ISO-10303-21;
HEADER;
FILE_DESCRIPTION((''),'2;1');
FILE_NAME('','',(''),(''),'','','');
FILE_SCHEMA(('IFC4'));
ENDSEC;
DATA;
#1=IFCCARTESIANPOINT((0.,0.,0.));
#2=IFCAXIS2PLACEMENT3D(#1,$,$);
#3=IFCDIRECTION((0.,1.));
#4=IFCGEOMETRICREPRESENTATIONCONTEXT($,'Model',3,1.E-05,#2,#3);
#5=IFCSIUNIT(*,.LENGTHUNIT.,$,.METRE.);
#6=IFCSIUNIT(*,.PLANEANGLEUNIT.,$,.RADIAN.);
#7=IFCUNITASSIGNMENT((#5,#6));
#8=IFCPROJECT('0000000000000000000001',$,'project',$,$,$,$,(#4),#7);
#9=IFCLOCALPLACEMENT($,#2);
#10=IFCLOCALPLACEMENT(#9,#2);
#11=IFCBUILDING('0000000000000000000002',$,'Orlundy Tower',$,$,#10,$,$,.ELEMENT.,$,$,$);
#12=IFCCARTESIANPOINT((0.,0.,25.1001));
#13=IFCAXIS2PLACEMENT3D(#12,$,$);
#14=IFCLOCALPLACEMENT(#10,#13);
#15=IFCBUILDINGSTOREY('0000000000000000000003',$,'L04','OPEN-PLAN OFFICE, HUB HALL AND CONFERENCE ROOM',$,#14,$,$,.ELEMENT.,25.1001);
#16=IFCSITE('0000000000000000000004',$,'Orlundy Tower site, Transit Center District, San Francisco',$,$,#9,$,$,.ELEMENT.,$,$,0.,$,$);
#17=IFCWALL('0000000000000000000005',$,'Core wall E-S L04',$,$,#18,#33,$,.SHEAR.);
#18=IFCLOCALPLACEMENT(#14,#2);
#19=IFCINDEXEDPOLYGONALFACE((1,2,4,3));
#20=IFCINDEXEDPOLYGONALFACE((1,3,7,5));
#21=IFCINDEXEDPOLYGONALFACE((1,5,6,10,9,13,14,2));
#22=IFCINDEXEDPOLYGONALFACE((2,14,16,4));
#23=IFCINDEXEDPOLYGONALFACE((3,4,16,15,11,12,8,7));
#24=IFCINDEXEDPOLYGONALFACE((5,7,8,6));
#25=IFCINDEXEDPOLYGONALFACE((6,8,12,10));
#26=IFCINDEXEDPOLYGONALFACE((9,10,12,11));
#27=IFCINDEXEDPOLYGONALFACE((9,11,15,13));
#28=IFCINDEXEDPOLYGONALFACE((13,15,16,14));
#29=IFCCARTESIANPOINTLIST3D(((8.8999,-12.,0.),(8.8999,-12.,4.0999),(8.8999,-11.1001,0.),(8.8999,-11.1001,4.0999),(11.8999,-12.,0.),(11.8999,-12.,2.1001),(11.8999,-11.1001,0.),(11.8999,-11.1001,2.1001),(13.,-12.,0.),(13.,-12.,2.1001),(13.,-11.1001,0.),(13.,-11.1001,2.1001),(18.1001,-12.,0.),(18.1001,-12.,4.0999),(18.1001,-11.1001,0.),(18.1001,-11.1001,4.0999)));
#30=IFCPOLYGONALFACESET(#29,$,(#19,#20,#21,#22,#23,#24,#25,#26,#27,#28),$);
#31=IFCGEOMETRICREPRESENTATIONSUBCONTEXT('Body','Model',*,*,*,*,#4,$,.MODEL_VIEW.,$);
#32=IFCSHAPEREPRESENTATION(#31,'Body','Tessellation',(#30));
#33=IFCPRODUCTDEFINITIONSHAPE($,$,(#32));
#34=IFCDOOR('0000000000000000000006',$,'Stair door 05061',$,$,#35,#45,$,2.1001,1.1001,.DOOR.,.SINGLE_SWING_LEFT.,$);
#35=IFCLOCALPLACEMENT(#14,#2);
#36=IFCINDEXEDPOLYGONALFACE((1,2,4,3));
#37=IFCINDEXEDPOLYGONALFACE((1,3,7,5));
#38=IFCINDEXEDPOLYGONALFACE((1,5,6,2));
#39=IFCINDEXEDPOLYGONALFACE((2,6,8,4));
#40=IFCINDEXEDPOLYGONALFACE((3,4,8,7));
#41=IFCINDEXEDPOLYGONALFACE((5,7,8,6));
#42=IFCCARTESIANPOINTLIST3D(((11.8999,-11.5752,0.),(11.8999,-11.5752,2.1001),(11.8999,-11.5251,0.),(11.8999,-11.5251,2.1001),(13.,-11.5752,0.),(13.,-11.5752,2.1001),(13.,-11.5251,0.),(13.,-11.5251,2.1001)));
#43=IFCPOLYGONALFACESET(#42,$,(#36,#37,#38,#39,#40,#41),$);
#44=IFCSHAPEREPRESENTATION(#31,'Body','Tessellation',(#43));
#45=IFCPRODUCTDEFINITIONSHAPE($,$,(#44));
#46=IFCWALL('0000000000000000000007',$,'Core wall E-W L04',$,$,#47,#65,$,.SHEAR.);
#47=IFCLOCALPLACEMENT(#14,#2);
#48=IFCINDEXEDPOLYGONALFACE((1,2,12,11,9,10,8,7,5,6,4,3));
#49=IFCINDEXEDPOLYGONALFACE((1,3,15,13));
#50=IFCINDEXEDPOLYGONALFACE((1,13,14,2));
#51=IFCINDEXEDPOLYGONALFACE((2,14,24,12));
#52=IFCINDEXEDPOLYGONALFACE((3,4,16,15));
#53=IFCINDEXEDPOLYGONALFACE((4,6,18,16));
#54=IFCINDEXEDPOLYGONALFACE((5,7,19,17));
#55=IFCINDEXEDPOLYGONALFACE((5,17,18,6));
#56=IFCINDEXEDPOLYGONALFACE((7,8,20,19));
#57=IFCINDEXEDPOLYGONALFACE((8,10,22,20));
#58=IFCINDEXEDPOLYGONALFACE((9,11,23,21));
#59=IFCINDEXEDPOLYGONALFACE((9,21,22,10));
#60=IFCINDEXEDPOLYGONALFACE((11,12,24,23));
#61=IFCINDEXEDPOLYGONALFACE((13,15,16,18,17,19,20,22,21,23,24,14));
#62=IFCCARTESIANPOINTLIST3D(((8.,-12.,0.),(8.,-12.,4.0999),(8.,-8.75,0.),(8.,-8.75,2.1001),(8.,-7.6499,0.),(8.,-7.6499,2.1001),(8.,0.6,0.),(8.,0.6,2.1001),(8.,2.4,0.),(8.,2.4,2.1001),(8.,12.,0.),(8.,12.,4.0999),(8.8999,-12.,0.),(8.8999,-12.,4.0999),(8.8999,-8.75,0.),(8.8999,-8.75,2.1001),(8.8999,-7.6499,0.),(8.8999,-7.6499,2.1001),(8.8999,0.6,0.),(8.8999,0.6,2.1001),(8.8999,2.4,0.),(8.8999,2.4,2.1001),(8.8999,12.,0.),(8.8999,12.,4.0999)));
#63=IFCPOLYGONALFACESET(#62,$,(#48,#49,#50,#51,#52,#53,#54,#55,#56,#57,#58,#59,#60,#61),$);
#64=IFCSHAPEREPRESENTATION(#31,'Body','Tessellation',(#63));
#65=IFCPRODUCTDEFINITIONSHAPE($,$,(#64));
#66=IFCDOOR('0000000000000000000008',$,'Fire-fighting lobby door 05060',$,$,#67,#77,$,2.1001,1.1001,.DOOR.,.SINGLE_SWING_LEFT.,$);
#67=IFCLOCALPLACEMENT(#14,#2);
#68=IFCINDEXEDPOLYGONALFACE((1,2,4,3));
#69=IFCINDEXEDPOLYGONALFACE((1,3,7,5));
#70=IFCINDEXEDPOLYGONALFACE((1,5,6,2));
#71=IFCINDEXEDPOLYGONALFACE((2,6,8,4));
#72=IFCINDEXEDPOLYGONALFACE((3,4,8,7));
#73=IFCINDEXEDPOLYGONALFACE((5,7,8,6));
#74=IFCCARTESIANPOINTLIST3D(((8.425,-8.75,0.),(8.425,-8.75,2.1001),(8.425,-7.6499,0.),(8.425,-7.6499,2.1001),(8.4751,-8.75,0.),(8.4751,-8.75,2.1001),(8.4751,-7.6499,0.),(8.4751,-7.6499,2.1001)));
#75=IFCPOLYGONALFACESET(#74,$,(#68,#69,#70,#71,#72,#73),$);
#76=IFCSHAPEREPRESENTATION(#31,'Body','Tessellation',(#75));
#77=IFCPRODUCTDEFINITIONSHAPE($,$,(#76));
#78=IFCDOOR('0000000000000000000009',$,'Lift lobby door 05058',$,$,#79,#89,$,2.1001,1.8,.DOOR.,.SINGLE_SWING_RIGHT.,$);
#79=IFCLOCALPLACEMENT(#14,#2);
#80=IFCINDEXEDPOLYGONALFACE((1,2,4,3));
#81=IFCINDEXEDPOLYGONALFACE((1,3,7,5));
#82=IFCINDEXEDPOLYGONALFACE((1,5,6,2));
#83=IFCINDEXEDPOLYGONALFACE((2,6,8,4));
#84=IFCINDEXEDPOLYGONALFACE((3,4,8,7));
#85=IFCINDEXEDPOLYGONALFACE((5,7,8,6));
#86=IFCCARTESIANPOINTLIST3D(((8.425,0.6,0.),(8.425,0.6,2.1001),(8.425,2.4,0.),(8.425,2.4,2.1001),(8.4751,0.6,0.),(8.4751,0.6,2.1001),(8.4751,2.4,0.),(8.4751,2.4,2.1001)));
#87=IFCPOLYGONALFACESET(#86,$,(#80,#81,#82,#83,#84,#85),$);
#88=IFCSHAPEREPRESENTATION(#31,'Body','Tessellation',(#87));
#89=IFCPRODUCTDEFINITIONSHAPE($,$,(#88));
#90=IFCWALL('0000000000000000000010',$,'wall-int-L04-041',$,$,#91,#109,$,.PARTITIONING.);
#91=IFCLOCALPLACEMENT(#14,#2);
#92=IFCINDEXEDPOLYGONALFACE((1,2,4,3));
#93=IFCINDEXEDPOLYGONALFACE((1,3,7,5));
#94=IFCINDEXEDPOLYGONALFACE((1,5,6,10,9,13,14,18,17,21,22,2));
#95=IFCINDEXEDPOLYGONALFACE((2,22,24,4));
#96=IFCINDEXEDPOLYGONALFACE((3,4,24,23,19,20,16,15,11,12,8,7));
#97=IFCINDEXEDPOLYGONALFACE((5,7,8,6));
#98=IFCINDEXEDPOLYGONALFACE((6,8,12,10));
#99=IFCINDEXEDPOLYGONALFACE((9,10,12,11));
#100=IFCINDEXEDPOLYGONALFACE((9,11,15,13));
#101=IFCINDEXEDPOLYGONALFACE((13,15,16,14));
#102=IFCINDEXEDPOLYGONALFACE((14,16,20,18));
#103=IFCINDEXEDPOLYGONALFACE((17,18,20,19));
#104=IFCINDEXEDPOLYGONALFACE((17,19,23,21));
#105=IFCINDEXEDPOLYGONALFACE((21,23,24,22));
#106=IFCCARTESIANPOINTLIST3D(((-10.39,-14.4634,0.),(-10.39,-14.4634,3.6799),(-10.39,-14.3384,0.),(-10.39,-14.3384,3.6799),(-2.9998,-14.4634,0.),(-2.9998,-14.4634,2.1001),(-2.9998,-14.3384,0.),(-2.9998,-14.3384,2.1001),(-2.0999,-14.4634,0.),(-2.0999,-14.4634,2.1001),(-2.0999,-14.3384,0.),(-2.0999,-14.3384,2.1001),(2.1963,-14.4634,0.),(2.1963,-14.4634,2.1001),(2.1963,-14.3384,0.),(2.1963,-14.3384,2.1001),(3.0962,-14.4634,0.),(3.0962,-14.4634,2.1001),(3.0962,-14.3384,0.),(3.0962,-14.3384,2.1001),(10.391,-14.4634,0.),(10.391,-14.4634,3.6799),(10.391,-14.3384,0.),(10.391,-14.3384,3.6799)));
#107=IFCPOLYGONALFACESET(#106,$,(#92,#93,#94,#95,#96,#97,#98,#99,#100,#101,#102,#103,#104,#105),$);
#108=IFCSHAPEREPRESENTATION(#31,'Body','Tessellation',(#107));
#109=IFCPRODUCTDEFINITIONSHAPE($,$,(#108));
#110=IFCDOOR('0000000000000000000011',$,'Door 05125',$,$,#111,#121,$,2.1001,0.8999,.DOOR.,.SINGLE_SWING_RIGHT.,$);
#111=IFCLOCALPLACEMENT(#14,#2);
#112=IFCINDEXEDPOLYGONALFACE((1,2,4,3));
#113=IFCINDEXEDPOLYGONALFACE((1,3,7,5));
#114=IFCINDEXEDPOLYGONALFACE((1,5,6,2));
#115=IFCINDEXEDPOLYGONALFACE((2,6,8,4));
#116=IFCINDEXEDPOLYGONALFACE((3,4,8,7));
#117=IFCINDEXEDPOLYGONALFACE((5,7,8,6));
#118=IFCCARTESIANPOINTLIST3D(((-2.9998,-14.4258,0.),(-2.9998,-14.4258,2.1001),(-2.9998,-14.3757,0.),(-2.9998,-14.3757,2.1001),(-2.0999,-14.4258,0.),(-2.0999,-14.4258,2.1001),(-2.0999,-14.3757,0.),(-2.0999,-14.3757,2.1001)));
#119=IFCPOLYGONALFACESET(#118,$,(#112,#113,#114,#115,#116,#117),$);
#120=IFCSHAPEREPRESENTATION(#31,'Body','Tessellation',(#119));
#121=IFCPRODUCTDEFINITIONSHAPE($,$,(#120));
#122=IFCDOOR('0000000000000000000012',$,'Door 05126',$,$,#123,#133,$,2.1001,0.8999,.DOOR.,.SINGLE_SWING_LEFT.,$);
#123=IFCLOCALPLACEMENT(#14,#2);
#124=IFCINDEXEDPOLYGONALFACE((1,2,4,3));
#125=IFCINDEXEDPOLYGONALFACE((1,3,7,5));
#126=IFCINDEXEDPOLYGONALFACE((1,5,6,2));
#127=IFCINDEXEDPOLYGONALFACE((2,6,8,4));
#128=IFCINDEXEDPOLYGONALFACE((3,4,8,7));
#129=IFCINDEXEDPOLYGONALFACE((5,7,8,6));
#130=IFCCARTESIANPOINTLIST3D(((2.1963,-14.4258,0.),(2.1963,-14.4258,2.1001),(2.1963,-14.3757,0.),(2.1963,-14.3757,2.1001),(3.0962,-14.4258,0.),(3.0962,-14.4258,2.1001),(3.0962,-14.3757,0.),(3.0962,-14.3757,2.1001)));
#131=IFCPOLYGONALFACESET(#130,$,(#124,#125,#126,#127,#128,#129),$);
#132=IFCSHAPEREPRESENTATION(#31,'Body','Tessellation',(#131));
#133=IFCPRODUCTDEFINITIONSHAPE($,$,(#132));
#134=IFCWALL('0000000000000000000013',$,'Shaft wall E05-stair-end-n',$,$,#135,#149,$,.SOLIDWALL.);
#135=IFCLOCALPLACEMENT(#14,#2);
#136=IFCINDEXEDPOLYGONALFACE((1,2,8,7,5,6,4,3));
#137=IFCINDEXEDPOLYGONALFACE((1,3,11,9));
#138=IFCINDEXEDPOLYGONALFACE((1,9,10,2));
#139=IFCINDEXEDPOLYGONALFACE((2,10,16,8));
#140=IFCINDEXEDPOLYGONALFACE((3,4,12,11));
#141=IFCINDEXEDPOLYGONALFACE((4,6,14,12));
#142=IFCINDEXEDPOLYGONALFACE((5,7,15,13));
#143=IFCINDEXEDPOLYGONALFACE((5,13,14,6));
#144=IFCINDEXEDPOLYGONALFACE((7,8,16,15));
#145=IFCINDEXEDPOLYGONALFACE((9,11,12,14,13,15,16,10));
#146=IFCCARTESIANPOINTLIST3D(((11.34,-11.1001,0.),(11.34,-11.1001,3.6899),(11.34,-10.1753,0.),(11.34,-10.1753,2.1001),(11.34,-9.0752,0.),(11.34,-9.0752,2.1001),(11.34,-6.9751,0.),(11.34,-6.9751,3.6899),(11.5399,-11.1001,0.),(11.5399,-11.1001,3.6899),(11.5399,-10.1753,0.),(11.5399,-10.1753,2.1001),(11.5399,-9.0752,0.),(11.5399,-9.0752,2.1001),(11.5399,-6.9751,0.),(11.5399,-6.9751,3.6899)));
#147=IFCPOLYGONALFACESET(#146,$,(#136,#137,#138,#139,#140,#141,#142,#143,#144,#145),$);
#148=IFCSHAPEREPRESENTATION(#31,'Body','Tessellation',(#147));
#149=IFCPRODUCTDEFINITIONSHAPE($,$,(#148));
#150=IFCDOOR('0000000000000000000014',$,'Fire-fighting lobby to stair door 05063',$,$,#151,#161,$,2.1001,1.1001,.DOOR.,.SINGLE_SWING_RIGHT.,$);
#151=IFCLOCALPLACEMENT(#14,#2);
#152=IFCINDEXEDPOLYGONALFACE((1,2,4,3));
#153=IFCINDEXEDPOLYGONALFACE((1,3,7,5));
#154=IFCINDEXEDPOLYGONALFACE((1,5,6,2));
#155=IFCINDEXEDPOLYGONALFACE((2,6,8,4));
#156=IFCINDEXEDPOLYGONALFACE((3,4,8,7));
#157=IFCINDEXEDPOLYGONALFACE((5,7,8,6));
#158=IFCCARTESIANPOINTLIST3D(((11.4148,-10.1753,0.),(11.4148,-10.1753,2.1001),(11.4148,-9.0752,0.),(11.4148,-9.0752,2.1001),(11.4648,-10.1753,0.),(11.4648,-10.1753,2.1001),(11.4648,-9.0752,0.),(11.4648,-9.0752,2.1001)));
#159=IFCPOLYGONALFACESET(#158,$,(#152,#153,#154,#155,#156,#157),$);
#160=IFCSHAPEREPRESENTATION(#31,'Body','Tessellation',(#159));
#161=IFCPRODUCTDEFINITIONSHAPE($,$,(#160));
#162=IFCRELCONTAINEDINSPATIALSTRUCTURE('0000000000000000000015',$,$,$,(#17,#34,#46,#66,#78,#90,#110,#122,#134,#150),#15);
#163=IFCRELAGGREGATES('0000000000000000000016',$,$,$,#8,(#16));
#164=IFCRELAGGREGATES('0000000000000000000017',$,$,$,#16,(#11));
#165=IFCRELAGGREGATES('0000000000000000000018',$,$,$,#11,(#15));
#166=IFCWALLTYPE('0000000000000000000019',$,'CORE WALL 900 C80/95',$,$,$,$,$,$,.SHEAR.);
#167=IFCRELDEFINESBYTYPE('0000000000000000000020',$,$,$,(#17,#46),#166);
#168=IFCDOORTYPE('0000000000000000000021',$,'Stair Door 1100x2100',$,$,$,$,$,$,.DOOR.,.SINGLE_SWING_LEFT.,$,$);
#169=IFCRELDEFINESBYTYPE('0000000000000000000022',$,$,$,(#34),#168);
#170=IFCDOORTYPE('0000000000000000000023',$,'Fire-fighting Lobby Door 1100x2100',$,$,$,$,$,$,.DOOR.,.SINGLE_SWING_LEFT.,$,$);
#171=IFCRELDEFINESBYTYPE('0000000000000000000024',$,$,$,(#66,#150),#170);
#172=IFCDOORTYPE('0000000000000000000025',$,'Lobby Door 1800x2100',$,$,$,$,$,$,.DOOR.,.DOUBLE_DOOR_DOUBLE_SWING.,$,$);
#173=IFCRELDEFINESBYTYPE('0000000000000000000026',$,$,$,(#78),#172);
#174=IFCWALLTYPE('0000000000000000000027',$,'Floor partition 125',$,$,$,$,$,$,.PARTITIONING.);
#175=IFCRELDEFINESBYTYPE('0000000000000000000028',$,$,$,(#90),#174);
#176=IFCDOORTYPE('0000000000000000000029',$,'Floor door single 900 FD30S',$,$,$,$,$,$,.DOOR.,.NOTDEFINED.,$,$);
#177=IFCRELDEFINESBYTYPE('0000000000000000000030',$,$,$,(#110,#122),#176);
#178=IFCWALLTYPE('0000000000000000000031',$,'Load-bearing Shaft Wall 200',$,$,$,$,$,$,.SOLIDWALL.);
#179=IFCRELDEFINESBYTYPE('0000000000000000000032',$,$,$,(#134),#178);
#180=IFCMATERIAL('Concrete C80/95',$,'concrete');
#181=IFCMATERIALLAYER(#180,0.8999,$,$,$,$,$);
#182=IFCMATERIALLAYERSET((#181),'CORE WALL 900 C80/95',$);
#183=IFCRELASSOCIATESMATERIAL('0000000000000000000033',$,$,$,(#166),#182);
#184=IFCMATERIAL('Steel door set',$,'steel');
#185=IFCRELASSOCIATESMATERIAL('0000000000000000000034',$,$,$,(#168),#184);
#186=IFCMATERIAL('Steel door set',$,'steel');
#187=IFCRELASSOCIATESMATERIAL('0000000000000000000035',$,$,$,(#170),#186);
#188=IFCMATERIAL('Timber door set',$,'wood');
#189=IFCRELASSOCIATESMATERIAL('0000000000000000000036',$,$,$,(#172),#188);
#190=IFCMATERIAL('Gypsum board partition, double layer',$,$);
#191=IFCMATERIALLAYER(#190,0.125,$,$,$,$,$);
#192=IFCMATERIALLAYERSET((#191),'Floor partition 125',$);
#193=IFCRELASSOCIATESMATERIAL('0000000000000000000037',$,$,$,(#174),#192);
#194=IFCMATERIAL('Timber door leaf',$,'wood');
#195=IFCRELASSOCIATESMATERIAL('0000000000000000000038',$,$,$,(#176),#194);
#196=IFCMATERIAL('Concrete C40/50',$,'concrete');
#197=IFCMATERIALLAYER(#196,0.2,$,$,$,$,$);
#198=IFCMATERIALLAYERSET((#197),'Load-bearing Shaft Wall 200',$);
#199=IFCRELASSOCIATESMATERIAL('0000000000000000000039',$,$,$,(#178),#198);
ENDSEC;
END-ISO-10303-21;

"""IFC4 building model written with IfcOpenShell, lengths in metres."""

from ifc_helpers import new_model, si_unit, direction, frame, frame_2d, origin, place, context, subcontext, project, spatial, rectangle, extrude, material, layer, layer_set, type_object, element, fill, save


model = new_model("IFC4")

# Units and contexts
model_context = context("Model", 3, precision=1e-05, world=origin(), true_north=direction((0.0, 1.0)))
body_context = subcontext(model_context, "Body", "Model", "MODEL_VIEW")
ifc_project = project(units=[si_unit("LENGTHUNIT", "METRE"), si_unit("PLANEANGLEUNIT", "RADIAN")], contexts=[model_context])

# Site, building, storey
site_placement = place(None, origin())
site = spatial("IfcSite", under=ifc_project, at=site_placement, Name="Orlundy Tower site, Transit Center District, San Francisco", CompositionType="ELEMENT", RefElevation=0.0)
building_placement = place(site_placement, origin())
building = spatial("IfcBuilding", under=site, at=building_placement, Name="Orlundy Tower", CompositionType="ELEMENT")
storey_placement = place(building_placement, frame((0.0, 0.0, 25.1001)))
storey = spatial("IfcBuildingStorey", under=building, at=storey_placement, Name="L04", Description="OPEN-PLAN OFFICE, HUB HALL AND CONFERENCE ROOM", CompositionType="ELEMENT", Elevation=25.1001)

# Wall, opening, door
ifc_material_1 = material(Name="Concrete C80/95", Category="concrete")
ifc_layer_1 = layer(ifc_material_1, 0.8999)
ifc_layer_set_1 = layer_set([ifc_layer_1], Name="CORE WALL 900 C80/95")
wall_type_1 = type_object("IfcWallType", Name="CORE WALL 900 C80/95", PredefinedType="SHEAR", material=ifc_layer_set_1)
wall_1_placement = place(storey_placement, frame((8.8999, -11.55, 0.0), z_axis=(0.0, 0.0, 1.0), x_axis=(1.0, 0.0, 0.0)))
wall_1 = element("IfcWall", 1, at=wall_1_placement, inside=storey, type_object=wall_type_1, Name="Core wall E-S L04", PredefinedType="SHEAR", context=body_context, shape_type="SweptSolid", body=[
    extrude(rectangle(XDim=9.2002, YDim=0.8999, at=frame_2d((4.6001, 0.0))), origin(), (0.0, 0.0, 1.0), 4.0999),
])
opening_1_placement = place(wall_1_placement, frame((3.0, 0.0, 0.0)))
opening_1 = element("IfcOpeningElement", 2, at=opening_1_placement, cuts=wall_1, PredefinedType="OPENING", context=body_context, shape_type="SweptSolid", body=[
    extrude(rectangle(XDim=1.1001, YDim=2.1001, at=frame_2d((0.55, 1.05))), frame((0.0, 0.46, 0.0), z_axis=(0.0, -1.0, 0.0), x_axis=(1.0, 0.0, 0.0)), (0.0, 0.0, 1.0), 0.9199),
])
ifc_material_2 = material(Name="Steel door set", Category="steel")
door_type_1 = type_object("IfcDoorType", Name="Stair Door 1100x2100", OperationType="SINGLE_SWING_LEFT", PredefinedType="DOOR", material=ifc_material_2)
door_1_placement = place(opening_1_placement, origin())
door_1 = element("IfcDoor", 3, at=door_1_placement, inside=storey, type_object=door_type_1, Name="Stair door 05061", OperationType="SINGLE_SWING_LEFT", OverallHeight=2.1001, OverallWidth=1.1001, PredefinedType="DOOR", context=body_context, shape_type="SweptSolid", body=[
    extrude(rectangle(XDim=1.1001, YDim=2.1001, at=frame_2d((0.55, 1.05))), frame((0.0, 0.0249, 0.0), z_axis=(0.0, -1.0, 0.0), x_axis=(1.0, 0.0, 0.0)), (0.0, 0.0, 1.0), 0.05),
])
fill(opening_1, door_1)

# Walls, openings, doors
wall_2_placement = place(storey_placement, frame((8.45, -12.0, 0.0), z_axis=(0.0, 0.0, 1.0), x_axis=(0.0, 1.0, 0.0)))
wall_2 = element("IfcWall", 4, at=wall_2_placement, inside=storey, type_object=wall_type_1, Name="Core wall E-W L04", PredefinedType="SHEAR", context=body_context, shape_type="SweptSolid", body=[
    extrude(rectangle(XDim=24.0, YDim=0.8999, at=frame_2d((12.0, 0.0))), origin(), (0.0, 0.0, 1.0), 4.0999),
])
opening_2_placement = place(wall_2_placement, frame((12.6001, 0.0, 0.0)))
opening_2 = element("IfcOpeningElement", 5, at=opening_2_placement, cuts=wall_2, PredefinedType="OPENING", context=body_context, shape_type="SweptSolid", body=[
    extrude(rectangle(XDim=1.8, YDim=2.1001, at=frame_2d((0.8999, 1.05))), frame((0.0, 0.46, 0.0), z_axis=(0.0, -1.0, 0.0), x_axis=(1.0, 0.0, 0.0)), (0.0, 0.0, 1.0), 0.9199),
])
opening_3_placement = place(wall_2_placement, frame((3.25, 0.0, 0.0)))
opening_3 = element("IfcOpeningElement", 6, at=opening_3_placement, cuts=wall_2, PredefinedType="OPENING", context=body_context, shape_type="SweptSolid", body=[
    extrude(rectangle(XDim=1.1001, YDim=2.1001, at=frame_2d((0.55, 1.05))), frame((0.0, 0.46, 0.0), z_axis=(0.0, -1.0, 0.0), x_axis=(1.0, 0.0, 0.0)), (0.0, 0.0, 1.0), 0.9199),
])
ifc_material_3 = material(Name="Steel door set", Category="steel")
door_type_2 = type_object("IfcDoorType", Name="Fire-fighting Lobby Door 1100x2100", OperationType="SINGLE_SWING_LEFT", PredefinedType="DOOR", material=ifc_material_3)
door_2_placement = place(opening_3_placement, origin())
door_2 = element("IfcDoor", 7, at=door_2_placement, inside=storey, type_object=door_type_2, Name="Fire-fighting lobby door 05060", OperationType="SINGLE_SWING_LEFT", OverallHeight=2.1001, OverallWidth=1.1001, PredefinedType="DOOR", context=body_context, shape_type="SweptSolid", body=[
    extrude(rectangle(XDim=1.1001, YDim=2.1001, at=frame_2d((0.55, 1.05))), frame((0.0, 0.0249, 0.0), z_axis=(0.0, -1.0, 0.0), x_axis=(1.0, 0.0, 0.0)), (0.0, 0.0, 1.0), 0.05),
])
fill(opening_3, door_2)
ifc_material_4 = material(Name="Timber door set", Category="wood")
door_type_3 = type_object("IfcDoorType", Name="Lobby Door 1800x2100", OperationType="DOUBLE_DOOR_DOUBLE_SWING", PredefinedType="DOOR", material=ifc_material_4)
door_3_placement = place(opening_2_placement, origin())
door_3 = element("IfcDoor", 8, at=door_3_placement, inside=storey, type_object=door_type_3, Name="Lift lobby door 05058", OperationType="SINGLE_SWING_RIGHT", OverallHeight=2.1001, OverallWidth=1.8, PredefinedType="DOOR", context=body_context, shape_type="SweptSolid", body=[
    extrude(rectangle(XDim=1.8, YDim=2.1001, at=frame_2d((0.8999, 1.05))), frame((0.0, 0.0249, 0.0), z_axis=(0.0, -1.0, 0.0), x_axis=(1.0, 0.0, 0.0)), (0.0, 0.0, 1.0), 0.05),
])
fill(opening_2, door_3)
ifc_material_5 = material(Name="Gypsum board partition, double layer")
ifc_layer_2 = layer(ifc_material_5, 0.125)
ifc_layer_set_2 = layer_set([ifc_layer_2], Name="Floor partition 125")
wall_type_2 = type_object("IfcWallType", Name="Floor partition 125", PredefinedType="PARTITIONING", material=ifc_layer_set_2)
wall_3_placement = place(storey_placement, frame((10.3911, -14.4009, 0.0), z_axis=(0.0, 0.0, 1.0), x_axis=(-1.0, 0.0, 0.0)))
wall_3 = element("IfcWall", 9, at=wall_3_placement, inside=storey, type_object=wall_type_2, Name="wall-int-L04-041", PredefinedType="PARTITIONING", context=body_context, shape_type="SweptSolid", body=[
    extrude(rectangle(XDim=20.781, YDim=0.125, at=frame_2d((10.3906, 0.0))), origin(), (0.0, 0.0, 1.0), 3.6799),
])
opening_4_placement = place(wall_3_placement, frame((12.491, 0.0, 0.0)))
opening_4 = element("IfcOpeningElement", 10, at=opening_4_placement, cuts=wall_3, PredefinedType="OPENING", context=body_context, shape_type="SweptSolid", body=[
    extrude(rectangle(XDim=0.8999, YDim=2.1001, at=frame_2d((0.45, 1.05))), frame((0.0, 0.0725, 0.0), z_axis=(0.0, -1.0, 0.0), x_axis=(1.0, 0.0, 0.0)), (0.0, 0.0, 1.0), 0.145),
])
opening_5_placement = place(wall_3_placement, frame((7.2949, 0.0, 0.0)))
opening_5 = element("IfcOpeningElement", 11, at=opening_5_placement, cuts=wall_3, PredefinedType="OPENING", context=body_context, shape_type="SweptSolid", body=[
    extrude(rectangle(XDim=0.8999, YDim=2.1001, at=frame_2d((0.45, 1.05))), frame((0.0, 0.0725, 0.0), z_axis=(0.0, -1.0, 0.0), x_axis=(1.0, 0.0, 0.0)), (0.0, 0.0, 1.0), 0.145),
])
ifc_material_6 = material(Name="Timber door leaf", Category="wood")
door_type_4 = type_object("IfcDoorType", Name="Floor door single 900 FD30S", OperationType="NOTDEFINED", PredefinedType="DOOR", material=ifc_material_6)
door_4_placement = place(opening_4_placement, origin())
door_4 = element("IfcDoor", 12, at=door_4_placement, inside=storey, type_object=door_type_4, Name="Door 05125", OperationType="SINGLE_SWING_RIGHT", OverallHeight=2.1001, OverallWidth=0.8999, PredefinedType="DOOR", context=body_context, shape_type="SweptSolid", body=[
    extrude(rectangle(XDim=0.8999, YDim=2.1001, at=frame_2d((0.45, 1.05))), frame((0.0, 0.0249, 0.0), z_axis=(0.0, -1.0, 0.0), x_axis=(1.0, 0.0, 0.0)), (0.0, 0.0, 1.0), 0.05),
])
fill(opening_4, door_4)
door_5_placement = place(opening_5_placement, origin())
door_5 = element("IfcDoor", 13, at=door_5_placement, inside=storey, type_object=door_type_4, Name="Door 05126", OperationType="SINGLE_SWING_LEFT", OverallHeight=2.1001, OverallWidth=0.8999, PredefinedType="DOOR", context=body_context, shape_type="SweptSolid", body=[
    extrude(rectangle(XDim=0.8999, YDim=2.1001, at=frame_2d((0.45, 1.05))), frame((0.0, 0.0249, 0.0), z_axis=(0.0, -1.0, 0.0), x_axis=(1.0, 0.0, 0.0)), (0.0, 0.0, 1.0), 0.05),
])
fill(opening_5, door_5)

# Wall, opening, door
ifc_material_7 = material(Name="Concrete C40/50", Category="concrete")
ifc_layer_3 = layer(ifc_material_7, 0.2)
ifc_layer_set_3 = layer_set([ifc_layer_3], Name="Load-bearing Shaft Wall 200")
wall_type_3 = type_object("IfcWallType", Name="Load-bearing Shaft Wall 200", PredefinedType="SOLIDWALL", material=ifc_layer_set_3)
wall_4_placement = place(storey_placement, frame((11.4399, -6.9751, 0.0), z_axis=(0.0, 0.0, 1.0), x_axis=(0.0, -1.0, 0.0)))
wall_4 = element("IfcWall", 14, at=wall_4_placement, inside=storey, type_object=wall_type_3, Name="Shaft wall E05-stair-end-n", PredefinedType="SOLIDWALL", context=body_context, shape_type="SweptSolid", body=[
    extrude(rectangle(XDim=4.125, YDim=0.2, at=frame_2d((2.0625, 0.0))), origin(), (0.0, 0.0, 1.0), 3.6899),
])
opening_6_placement = place(wall_4_placement, frame((2.1001, 0.0, 0.0)))
opening_6 = element("IfcOpeningElement", 15, at=opening_6_placement, cuts=wall_4, PredefinedType="OPENING", context=body_context, shape_type="SweptSolid", body=[
    extrude(rectangle(XDim=1.1001, YDim=2.1001, at=frame_2d((0.55, 1.05))), frame((0.0, 0.1101, 0.0), z_axis=(0.0, -1.0, 0.0), x_axis=(1.0, 0.0, 0.0)), (0.0, 0.0, 1.0), 0.2202),
])
door_6_placement = place(opening_6_placement, origin())
door_6 = element("IfcDoor", 16, at=door_6_placement, inside=storey, type_object=door_type_2, Name="Fire-fighting lobby to stair door 05063", OperationType="SINGLE_SWING_RIGHT", OverallHeight=2.1001, OverallWidth=1.1001, PredefinedType="DOOR", context=body_context, shape_type="SweptSolid", body=[
    extrude(rectangle(XDim=1.1001, YDim=2.1001, at=frame_2d((0.55, 1.05))), frame((0.0, 0.0249, 0.0), z_axis=(0.0, -1.0, 0.0), x_axis=(1.0, 0.0, 0.0)), (0.0, 0.0, 1.0), 0.05),
])
fill(opening_6, door_6)

save(model, "model.ifc")
